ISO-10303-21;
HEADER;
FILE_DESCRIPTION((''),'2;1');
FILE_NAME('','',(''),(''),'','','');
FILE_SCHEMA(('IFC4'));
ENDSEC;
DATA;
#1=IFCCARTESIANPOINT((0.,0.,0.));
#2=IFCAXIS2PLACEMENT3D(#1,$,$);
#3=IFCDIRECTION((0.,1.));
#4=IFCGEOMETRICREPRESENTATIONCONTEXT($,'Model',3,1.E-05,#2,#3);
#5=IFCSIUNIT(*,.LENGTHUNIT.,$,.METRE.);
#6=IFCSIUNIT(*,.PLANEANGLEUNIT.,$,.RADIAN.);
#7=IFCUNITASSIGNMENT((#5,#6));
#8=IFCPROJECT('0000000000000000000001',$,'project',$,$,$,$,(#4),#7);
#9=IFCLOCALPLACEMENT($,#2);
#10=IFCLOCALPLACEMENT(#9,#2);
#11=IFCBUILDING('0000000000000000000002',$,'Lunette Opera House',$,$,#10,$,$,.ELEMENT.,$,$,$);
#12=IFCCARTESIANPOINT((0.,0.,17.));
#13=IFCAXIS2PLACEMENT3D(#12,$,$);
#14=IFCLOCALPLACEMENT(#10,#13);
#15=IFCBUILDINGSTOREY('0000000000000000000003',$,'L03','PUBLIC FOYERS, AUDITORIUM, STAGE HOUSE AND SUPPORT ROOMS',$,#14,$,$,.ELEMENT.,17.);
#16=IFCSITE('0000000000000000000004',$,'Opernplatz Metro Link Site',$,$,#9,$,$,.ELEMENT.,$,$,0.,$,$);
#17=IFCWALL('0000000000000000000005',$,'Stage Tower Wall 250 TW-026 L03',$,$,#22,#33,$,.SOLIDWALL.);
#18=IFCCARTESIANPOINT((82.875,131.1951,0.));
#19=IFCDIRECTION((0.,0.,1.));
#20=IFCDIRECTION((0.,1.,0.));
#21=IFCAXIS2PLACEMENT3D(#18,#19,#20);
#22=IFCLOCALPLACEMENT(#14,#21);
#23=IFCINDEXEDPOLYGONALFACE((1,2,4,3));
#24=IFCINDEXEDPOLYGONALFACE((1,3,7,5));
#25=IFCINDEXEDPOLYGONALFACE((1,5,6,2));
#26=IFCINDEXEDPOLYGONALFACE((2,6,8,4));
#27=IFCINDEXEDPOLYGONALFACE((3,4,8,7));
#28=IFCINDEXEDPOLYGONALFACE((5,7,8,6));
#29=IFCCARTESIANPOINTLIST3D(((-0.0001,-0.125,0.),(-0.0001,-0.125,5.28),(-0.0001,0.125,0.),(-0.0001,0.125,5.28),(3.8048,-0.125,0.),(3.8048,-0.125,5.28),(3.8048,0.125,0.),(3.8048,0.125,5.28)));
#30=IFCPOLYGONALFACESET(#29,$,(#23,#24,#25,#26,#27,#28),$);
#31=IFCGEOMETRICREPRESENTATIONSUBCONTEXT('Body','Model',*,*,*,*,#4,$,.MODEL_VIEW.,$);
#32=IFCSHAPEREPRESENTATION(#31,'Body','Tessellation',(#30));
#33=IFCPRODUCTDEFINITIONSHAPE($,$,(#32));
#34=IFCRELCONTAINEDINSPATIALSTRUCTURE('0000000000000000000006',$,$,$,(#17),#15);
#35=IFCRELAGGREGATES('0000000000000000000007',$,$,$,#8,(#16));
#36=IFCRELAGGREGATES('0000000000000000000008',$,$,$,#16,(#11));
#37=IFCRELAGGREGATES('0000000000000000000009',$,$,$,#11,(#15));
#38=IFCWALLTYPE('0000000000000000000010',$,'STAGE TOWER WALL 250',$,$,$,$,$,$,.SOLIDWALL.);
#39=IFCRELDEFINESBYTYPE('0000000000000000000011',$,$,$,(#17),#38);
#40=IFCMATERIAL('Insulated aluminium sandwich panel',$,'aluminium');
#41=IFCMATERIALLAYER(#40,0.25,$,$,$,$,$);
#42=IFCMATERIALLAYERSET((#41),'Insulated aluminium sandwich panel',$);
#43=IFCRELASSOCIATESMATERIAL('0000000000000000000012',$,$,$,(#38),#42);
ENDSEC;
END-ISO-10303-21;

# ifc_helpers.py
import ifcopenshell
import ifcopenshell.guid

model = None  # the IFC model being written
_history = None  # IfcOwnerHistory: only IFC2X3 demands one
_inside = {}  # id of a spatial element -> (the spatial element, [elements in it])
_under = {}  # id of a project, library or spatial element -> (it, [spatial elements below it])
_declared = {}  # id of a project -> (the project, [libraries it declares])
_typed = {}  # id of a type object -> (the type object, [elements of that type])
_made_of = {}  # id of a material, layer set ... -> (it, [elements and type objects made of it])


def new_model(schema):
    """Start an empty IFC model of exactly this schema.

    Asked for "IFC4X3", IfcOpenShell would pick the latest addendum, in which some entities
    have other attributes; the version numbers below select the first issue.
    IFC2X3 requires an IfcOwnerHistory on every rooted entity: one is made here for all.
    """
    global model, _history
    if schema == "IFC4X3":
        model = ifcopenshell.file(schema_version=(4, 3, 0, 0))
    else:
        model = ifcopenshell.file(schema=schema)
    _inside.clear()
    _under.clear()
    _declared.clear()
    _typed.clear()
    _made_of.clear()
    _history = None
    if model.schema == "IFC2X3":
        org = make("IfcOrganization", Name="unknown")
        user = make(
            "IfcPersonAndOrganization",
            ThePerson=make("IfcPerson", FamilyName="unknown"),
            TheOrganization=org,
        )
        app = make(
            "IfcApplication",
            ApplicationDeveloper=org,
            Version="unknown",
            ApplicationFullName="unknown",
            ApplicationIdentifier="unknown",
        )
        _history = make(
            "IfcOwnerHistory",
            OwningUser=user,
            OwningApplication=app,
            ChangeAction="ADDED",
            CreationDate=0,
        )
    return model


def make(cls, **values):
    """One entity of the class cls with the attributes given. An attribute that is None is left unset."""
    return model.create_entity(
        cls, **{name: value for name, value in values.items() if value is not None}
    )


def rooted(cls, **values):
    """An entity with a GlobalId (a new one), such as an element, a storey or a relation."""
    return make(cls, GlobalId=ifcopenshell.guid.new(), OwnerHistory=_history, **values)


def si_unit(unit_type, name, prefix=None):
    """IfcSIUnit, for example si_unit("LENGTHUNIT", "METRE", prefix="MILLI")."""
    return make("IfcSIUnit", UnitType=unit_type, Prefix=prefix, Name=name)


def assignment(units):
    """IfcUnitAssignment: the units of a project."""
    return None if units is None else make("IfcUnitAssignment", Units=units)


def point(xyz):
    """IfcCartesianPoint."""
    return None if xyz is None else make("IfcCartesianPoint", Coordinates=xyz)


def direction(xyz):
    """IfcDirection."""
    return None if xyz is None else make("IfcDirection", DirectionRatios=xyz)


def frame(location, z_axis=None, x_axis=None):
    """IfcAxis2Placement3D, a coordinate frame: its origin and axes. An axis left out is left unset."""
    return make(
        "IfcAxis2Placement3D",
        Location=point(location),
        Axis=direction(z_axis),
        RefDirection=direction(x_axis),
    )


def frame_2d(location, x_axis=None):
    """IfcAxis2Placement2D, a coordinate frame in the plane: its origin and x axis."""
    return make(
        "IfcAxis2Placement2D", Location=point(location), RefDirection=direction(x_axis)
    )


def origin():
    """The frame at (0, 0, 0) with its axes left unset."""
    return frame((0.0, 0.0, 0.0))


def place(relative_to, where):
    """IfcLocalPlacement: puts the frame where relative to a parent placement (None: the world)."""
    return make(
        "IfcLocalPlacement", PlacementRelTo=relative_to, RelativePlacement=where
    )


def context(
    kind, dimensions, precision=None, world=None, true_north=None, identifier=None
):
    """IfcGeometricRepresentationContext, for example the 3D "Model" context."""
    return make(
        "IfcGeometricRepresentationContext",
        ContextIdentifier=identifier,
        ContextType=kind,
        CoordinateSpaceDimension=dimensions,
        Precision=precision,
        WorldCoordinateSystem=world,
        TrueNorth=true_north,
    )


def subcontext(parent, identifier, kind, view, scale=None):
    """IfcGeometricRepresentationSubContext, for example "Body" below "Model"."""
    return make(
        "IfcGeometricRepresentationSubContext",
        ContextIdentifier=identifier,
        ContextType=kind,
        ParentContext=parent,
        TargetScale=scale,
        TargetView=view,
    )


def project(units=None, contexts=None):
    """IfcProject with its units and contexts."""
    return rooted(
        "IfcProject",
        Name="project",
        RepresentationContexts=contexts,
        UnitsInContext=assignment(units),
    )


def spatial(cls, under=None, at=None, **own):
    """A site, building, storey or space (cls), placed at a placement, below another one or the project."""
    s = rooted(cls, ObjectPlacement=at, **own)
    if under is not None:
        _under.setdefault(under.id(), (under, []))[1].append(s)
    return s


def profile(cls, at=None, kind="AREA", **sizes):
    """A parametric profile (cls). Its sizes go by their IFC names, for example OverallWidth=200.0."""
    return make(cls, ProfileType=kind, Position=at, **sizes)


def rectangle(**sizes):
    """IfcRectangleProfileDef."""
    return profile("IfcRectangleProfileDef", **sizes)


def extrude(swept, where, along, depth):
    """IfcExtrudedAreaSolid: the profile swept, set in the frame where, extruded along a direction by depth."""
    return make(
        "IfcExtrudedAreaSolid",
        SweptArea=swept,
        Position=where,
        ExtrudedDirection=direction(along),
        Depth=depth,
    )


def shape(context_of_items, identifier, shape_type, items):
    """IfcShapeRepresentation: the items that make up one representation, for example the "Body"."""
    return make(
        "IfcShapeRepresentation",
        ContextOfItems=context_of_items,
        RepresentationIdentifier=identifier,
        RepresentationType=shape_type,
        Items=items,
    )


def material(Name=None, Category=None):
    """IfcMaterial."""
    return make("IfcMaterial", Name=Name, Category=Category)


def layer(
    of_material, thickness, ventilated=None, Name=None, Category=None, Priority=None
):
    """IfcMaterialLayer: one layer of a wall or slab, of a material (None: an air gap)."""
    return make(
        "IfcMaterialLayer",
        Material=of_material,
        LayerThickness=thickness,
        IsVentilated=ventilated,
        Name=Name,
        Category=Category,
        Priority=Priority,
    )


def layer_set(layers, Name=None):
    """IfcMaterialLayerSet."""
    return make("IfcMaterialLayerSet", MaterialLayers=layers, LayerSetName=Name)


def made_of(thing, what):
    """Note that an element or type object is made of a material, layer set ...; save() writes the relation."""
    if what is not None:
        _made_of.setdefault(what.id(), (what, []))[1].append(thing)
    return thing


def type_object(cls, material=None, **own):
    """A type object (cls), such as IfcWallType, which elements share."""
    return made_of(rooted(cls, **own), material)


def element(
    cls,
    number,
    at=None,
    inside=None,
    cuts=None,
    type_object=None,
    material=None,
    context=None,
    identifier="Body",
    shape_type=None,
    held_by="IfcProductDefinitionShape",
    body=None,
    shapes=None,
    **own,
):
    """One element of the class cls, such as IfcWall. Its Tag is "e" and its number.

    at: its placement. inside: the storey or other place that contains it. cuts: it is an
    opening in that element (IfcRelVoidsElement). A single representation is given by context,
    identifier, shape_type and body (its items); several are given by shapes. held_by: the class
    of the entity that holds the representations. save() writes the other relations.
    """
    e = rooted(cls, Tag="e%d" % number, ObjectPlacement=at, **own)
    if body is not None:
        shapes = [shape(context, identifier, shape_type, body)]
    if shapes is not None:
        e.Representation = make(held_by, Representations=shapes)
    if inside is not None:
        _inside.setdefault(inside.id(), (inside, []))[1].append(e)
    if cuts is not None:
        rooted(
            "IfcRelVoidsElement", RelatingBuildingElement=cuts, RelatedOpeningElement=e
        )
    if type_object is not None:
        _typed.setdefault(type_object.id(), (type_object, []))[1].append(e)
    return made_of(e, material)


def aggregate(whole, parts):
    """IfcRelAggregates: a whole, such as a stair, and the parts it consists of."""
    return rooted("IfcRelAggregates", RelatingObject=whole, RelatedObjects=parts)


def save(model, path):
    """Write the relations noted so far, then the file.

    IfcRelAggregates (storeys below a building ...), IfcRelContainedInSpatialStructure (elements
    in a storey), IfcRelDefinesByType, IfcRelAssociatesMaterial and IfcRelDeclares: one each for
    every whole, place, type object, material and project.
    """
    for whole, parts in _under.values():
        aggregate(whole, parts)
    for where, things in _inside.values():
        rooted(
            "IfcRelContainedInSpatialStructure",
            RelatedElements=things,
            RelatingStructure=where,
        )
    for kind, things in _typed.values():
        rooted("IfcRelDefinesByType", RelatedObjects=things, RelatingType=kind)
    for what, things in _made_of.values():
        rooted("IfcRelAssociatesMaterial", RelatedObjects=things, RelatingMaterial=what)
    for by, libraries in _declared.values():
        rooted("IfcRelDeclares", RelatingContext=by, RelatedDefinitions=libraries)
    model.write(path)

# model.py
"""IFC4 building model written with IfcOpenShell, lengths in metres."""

from ifc_helpers import new_model, si_unit, direction, frame, frame_2d, origin, place, context, subcontext, project, spatial, rectangle, extrude, material, layer, layer_set, type_object, element, save


model = new_model("IFC4")

# Units and contexts
model_context = context("Model", 3, precision=1e-05, world=origin(), true_north=direction((0.0, 1.0)))
body_context = subcontext(model_context, "Body", "Model", "MODEL_VIEW")
ifc_project = project(units=[si_unit("LENGTHUNIT", "METRE"), si_unit("PLANEANGLEUNIT", "RADIAN")], contexts=[model_context])

# Site, building, storey
site_placement = place(None, origin())
site = spatial("IfcSite", under=ifc_project, at=site_placement, Name="Opernplatz Metro Link Site", CompositionType="ELEMENT", RefElevation=0.0)
building_placement = place(site_placement, origin())
building = spatial("IfcBuilding", under=site, at=building_placement, Name="Lunette Opera House", CompositionType="ELEMENT")
storey_placement = place(building_placement, frame((0.0, 0.0, 17.0)))
storey = spatial("IfcBuildingStorey", under=building, at=storey_placement, Name="L03", Description="PUBLIC FOYERS, AUDITORIUM, STAGE HOUSE AND SUPPORT ROOMS", CompositionType="ELEMENT", Elevation=17.0)

# Wall
ifc_material_1 = material(Name="Insulated aluminium sandwich panel", Category="aluminium")
ifc_layer_1 = layer(ifc_material_1, 0.25)
ifc_layer_set_1 = layer_set([ifc_layer_1], Name="Insulated aluminium sandwich panel")
wall_type_1 = type_object("IfcWallType", Name="STAGE TOWER WALL 250", PredefinedType="SOLIDWALL", material=ifc_layer_set_1)
wall_1_placement = place(storey_placement, frame((82.875, 131.1951, 0.0), z_axis=(0.0, 0.0, 1.0), x_axis=(0.0, 1.0, 0.0)))
element("IfcWall", 1, at=wall_1_placement, inside=storey, type_object=wall_type_1, Name="Stage Tower Wall 250 TW-026 L03", PredefinedType="SOLIDWALL", context=body_context, shape_type="SweptSolid", body=[
    extrude(rectangle(XDim=3.8049, YDim=0.25, at=frame_2d((1.9023, 0.0))), origin(), (0.0, 0.0, 1.0), 5.28),
])

save(model, "model.ifc")
